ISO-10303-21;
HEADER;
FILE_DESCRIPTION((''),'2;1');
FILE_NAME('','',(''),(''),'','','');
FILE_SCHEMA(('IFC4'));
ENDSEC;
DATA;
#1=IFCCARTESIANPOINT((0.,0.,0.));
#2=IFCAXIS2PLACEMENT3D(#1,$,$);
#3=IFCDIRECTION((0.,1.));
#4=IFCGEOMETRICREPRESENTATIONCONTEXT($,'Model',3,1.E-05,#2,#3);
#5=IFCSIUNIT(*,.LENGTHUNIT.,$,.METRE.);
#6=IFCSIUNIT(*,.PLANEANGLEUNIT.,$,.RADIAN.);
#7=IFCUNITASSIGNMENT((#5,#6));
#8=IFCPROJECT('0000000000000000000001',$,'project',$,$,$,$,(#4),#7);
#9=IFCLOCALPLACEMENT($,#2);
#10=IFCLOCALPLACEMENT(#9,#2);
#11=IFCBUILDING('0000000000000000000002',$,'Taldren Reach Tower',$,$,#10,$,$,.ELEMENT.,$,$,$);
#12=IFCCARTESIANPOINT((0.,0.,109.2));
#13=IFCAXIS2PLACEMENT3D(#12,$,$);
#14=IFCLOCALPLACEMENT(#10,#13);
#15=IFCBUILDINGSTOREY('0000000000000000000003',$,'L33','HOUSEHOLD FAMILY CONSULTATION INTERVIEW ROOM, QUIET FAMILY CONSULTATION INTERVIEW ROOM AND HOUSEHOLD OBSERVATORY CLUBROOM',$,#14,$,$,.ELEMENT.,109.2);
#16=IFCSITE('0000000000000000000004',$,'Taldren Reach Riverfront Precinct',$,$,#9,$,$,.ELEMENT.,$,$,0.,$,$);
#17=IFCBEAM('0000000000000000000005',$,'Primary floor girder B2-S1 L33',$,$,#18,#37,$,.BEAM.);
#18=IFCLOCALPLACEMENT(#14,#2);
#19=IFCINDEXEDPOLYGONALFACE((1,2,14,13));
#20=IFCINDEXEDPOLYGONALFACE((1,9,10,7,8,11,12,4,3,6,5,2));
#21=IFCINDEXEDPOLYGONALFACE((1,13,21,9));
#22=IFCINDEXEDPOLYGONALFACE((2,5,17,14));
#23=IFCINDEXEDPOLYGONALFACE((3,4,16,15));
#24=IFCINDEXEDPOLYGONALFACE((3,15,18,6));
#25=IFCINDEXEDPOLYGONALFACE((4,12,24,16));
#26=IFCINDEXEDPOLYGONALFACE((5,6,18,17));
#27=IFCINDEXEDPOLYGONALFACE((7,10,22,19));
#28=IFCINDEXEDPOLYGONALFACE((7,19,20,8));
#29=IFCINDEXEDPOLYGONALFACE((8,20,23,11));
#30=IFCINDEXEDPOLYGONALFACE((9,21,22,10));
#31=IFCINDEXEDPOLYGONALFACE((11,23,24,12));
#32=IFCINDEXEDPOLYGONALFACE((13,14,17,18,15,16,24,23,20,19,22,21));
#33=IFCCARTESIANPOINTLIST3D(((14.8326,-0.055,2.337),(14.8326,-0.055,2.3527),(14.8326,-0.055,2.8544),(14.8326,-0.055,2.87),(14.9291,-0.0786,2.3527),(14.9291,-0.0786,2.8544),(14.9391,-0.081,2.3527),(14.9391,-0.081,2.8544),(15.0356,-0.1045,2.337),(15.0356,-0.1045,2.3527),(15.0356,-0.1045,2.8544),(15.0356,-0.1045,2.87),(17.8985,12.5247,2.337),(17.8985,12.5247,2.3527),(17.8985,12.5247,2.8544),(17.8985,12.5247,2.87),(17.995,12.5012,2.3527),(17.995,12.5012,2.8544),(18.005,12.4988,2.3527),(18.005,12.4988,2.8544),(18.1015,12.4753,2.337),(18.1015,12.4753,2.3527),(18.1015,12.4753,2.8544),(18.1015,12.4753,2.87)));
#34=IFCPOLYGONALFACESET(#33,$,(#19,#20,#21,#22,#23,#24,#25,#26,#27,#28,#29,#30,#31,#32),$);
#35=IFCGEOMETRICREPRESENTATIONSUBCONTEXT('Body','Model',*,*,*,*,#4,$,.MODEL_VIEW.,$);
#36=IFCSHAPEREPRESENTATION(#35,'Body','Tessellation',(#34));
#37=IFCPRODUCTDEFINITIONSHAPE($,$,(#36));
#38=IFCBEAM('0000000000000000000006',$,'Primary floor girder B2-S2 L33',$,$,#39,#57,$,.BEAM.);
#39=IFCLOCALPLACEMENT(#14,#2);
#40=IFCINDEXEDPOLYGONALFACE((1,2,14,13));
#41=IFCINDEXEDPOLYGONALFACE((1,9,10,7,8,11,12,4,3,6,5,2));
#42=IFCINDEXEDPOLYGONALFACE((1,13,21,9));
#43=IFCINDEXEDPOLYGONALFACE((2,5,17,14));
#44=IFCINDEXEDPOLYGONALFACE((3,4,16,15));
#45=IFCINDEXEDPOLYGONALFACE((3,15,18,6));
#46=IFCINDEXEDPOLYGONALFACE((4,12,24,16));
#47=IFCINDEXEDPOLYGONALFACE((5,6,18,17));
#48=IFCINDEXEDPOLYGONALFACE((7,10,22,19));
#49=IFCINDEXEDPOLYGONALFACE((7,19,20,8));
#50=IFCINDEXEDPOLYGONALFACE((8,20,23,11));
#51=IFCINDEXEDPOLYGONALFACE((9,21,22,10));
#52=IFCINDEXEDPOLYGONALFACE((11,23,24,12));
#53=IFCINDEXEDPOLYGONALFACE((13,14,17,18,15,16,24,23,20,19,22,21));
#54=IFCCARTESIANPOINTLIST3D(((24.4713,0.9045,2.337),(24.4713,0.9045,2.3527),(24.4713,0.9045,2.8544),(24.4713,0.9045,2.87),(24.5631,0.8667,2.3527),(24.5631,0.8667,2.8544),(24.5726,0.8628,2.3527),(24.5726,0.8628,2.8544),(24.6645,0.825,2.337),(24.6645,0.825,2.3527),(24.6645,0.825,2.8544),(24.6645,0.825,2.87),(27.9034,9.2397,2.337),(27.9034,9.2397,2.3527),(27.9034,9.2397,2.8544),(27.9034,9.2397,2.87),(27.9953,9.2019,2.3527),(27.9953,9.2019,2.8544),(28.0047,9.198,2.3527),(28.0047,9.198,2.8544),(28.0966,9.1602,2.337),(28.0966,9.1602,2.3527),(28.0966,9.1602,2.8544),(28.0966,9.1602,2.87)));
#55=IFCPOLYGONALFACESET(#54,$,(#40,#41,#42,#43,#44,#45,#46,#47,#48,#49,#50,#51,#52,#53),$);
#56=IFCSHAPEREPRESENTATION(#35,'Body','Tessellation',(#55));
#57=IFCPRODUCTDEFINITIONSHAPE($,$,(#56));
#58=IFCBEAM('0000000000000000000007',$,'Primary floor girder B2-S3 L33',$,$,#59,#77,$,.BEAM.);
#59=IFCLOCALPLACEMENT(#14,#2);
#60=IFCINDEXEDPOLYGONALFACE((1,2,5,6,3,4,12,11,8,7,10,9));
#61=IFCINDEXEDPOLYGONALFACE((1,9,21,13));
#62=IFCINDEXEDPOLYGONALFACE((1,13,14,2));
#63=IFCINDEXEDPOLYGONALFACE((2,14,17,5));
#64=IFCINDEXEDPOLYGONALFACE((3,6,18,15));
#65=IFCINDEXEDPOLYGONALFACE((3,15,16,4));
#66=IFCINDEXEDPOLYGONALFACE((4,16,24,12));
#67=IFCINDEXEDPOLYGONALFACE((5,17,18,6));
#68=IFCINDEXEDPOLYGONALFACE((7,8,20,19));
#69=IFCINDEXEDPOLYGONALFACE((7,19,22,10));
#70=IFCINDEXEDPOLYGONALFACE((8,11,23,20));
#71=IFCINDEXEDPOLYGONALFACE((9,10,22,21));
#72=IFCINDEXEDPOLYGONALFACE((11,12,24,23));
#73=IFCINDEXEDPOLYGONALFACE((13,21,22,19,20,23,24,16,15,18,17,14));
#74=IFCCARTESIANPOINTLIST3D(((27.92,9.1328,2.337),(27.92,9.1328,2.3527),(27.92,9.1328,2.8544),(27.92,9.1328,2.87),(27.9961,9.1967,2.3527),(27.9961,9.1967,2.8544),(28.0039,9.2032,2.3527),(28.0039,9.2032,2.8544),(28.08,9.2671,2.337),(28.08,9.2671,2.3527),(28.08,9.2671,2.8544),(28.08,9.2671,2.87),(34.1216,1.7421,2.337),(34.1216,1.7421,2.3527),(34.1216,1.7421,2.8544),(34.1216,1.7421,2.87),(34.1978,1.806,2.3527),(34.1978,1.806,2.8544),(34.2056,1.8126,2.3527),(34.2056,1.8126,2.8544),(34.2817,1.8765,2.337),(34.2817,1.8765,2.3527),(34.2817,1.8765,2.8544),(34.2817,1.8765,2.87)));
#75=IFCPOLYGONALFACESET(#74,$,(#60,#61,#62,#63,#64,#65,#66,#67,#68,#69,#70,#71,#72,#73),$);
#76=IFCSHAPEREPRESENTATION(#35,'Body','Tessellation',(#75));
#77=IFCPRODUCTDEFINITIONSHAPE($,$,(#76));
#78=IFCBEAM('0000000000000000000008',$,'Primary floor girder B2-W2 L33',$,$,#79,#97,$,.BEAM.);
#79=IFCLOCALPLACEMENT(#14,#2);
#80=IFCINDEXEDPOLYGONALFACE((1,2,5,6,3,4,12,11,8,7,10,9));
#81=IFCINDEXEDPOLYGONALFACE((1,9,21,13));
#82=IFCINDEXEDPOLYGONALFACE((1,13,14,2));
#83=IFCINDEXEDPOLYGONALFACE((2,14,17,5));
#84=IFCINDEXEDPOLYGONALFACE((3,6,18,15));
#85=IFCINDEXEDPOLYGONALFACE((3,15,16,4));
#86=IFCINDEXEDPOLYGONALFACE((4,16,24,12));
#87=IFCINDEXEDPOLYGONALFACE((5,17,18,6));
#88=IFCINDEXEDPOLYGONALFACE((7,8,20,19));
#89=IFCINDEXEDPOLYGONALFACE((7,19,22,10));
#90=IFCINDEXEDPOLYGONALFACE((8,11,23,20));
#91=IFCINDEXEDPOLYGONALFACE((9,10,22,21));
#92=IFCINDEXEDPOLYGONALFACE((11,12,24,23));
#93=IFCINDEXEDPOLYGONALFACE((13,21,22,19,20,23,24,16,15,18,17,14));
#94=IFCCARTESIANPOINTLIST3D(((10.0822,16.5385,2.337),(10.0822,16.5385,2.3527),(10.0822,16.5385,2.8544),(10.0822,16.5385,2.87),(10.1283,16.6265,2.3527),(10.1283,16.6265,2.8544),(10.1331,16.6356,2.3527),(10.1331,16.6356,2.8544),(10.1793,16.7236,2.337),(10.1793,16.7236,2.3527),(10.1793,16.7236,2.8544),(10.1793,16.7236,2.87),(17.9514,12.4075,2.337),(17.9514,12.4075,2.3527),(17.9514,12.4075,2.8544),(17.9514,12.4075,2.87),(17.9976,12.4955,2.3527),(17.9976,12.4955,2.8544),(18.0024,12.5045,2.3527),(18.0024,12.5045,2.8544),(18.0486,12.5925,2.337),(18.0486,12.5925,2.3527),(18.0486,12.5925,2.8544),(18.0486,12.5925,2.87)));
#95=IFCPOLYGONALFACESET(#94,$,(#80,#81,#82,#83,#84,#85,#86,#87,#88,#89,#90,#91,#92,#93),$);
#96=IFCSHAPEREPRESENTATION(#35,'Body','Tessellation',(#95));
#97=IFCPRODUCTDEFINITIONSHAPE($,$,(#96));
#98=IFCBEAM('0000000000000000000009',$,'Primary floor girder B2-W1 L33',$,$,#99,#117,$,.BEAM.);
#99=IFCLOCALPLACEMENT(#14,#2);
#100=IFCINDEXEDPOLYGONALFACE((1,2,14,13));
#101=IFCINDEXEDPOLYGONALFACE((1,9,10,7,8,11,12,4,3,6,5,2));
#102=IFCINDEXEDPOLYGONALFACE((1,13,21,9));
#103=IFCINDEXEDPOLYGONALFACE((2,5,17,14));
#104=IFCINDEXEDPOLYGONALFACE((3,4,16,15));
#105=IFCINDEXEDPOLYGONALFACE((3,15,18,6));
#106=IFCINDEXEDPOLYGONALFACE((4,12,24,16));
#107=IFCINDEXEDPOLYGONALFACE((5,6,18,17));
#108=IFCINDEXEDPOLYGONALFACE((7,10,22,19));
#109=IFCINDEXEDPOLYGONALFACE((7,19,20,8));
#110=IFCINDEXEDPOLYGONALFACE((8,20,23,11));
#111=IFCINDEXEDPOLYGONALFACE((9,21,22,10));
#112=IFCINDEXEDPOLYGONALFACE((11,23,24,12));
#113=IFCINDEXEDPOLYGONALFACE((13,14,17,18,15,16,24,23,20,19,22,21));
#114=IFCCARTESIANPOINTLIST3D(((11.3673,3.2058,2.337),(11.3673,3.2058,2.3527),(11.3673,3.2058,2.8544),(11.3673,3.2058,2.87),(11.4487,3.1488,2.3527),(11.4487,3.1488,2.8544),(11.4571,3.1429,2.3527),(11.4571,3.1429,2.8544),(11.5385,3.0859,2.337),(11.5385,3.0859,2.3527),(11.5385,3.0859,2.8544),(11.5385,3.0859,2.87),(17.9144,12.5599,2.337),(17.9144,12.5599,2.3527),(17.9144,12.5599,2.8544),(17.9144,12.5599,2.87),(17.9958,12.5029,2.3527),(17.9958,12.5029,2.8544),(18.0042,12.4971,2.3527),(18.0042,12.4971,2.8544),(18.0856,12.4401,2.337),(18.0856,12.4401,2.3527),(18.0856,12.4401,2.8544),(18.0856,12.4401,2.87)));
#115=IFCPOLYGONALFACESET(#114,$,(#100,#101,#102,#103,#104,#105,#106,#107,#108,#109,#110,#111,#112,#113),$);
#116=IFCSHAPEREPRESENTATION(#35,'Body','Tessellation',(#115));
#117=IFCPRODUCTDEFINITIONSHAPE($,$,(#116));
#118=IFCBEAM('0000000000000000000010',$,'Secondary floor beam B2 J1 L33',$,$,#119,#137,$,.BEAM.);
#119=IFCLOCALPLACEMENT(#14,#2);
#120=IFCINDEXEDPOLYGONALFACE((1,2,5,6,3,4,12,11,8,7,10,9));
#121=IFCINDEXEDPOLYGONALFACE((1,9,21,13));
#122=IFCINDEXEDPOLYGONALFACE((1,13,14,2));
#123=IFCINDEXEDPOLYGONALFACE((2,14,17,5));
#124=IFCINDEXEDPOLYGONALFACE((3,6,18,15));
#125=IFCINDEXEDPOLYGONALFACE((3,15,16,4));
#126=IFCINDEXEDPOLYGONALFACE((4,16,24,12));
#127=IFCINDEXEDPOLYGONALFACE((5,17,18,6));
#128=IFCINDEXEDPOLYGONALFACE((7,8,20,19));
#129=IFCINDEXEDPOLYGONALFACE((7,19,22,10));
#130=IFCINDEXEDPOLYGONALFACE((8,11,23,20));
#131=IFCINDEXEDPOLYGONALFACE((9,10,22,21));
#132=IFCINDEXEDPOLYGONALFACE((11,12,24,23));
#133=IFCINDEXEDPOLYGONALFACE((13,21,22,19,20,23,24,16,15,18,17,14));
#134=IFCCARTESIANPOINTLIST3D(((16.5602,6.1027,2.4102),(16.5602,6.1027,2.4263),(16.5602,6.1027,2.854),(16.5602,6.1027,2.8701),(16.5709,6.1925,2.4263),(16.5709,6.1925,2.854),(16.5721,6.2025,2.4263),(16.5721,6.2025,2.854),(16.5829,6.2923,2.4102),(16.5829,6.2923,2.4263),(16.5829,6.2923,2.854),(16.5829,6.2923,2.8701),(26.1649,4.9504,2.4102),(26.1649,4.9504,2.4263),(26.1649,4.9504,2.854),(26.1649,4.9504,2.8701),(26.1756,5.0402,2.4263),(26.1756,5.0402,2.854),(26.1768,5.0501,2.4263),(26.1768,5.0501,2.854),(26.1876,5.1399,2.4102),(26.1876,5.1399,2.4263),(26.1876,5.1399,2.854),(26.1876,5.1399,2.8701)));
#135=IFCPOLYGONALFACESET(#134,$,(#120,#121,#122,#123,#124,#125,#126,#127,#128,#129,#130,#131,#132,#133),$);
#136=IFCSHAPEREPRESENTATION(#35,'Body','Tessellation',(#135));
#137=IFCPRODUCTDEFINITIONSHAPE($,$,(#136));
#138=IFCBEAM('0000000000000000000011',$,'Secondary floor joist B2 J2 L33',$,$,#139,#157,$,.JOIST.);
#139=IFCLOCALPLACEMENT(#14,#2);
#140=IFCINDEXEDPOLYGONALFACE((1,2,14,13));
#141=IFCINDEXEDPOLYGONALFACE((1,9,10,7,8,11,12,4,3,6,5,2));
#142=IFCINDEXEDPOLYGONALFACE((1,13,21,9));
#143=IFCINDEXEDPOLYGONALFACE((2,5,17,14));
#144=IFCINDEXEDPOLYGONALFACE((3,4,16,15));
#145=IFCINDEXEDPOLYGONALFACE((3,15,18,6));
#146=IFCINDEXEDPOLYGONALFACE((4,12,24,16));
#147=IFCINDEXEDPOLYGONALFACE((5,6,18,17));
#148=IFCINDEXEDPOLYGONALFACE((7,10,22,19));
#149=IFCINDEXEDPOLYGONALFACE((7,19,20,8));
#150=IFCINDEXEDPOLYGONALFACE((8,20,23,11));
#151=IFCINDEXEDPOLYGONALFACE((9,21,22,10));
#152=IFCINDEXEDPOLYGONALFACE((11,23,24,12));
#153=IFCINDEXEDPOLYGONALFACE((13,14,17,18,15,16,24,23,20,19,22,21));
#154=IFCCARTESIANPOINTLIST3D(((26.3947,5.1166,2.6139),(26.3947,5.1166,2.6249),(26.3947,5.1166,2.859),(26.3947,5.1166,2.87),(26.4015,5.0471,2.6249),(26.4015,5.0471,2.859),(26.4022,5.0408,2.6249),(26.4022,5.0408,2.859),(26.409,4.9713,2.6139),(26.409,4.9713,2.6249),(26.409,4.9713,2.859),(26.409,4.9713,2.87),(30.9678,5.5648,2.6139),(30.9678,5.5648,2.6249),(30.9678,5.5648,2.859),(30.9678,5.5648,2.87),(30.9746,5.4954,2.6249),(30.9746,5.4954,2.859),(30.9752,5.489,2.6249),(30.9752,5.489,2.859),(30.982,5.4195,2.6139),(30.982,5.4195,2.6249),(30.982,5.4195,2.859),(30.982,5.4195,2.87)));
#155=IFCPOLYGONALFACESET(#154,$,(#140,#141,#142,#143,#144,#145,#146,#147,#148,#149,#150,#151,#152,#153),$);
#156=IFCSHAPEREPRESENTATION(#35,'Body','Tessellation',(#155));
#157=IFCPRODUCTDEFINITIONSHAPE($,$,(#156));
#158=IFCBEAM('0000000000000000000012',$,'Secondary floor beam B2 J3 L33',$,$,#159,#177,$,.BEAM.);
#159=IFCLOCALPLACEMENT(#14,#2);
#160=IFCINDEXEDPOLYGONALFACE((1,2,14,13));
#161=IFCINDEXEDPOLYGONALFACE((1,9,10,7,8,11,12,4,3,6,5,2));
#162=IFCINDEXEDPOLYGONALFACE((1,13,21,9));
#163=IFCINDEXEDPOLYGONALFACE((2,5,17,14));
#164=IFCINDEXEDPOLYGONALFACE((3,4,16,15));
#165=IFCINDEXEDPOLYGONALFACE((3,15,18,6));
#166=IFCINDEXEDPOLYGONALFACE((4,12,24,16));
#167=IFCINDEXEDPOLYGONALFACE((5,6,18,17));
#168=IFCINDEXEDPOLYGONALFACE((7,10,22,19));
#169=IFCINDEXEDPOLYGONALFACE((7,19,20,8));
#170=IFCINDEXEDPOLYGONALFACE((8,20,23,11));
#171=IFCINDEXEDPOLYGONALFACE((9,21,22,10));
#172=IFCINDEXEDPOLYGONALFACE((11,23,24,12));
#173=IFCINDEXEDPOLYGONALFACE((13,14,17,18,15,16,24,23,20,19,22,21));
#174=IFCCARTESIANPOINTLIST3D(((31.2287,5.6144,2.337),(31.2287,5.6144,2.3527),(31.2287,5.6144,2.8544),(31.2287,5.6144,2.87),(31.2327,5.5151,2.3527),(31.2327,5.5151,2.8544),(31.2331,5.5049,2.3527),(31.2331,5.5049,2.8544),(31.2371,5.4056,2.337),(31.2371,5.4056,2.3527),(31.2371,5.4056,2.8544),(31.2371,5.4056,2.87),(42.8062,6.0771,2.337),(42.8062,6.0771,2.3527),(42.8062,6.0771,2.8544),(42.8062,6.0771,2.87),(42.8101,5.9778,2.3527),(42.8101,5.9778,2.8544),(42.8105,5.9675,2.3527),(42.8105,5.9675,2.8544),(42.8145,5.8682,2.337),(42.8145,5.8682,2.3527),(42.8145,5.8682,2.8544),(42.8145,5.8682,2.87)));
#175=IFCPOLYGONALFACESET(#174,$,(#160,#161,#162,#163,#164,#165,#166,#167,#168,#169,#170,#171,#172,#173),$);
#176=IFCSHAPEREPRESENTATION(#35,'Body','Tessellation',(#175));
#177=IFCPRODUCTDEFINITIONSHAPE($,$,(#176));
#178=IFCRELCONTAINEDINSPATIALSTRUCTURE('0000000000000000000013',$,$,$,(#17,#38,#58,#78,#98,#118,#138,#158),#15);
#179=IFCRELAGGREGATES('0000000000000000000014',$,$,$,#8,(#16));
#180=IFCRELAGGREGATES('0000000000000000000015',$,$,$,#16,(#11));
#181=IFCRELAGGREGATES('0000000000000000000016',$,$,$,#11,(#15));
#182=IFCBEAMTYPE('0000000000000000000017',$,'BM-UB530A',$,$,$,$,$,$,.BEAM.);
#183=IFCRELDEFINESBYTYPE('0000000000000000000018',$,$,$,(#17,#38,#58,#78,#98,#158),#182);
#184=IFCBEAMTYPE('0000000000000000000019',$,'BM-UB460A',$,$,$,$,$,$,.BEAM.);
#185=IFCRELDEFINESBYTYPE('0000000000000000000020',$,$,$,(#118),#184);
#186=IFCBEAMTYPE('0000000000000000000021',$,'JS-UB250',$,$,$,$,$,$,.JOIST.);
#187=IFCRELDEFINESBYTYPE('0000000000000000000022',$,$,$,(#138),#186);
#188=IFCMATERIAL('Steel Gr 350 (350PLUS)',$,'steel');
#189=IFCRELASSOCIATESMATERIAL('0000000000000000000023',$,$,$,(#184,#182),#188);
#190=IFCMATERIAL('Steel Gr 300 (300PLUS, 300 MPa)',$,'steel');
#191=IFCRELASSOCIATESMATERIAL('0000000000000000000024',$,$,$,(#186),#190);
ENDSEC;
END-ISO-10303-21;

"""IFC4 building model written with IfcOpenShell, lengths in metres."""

from ifc_helpers import new_model, si_unit, direction, frame, origin, origin_2d, place, context, subcontext, project, spatial, i_section, extrude, source, transform, mapped, material, material_profile, profile_set, type_object, element, save


model = new_model("IFC4")

# Units and contexts
model_context = context("Model", 3, precision=1e-05, world=origin(), true_north=direction((0.0, 1.0)))
body_context = subcontext(model_context, "Body", "Model", "MODEL_VIEW")
ifc_project = project(units=[si_unit("LENGTHUNIT", "METRE"), si_unit("PLANEANGLEUNIT", "RADIAN")], contexts=[model_context])

# Site, building, storey
site_placement = place(None, origin())
site = spatial("IfcSite", under=ifc_project, at=site_placement, Name="Taldren Reach Riverfront Precinct", CompositionType="ELEMENT", RefElevation=0.0)
building_placement = place(site_placement, origin())
building = spatial("IfcBuilding", under=site, at=building_placement, Name="Taldren Reach Tower", CompositionType="ELEMENT")
storey_placement = place(building_placement, frame((0.0, 0.0, 109.2)))
storey = spatial("IfcBuildingStorey", under=building, at=storey_placement, Name="L33", Description="HOUSEHOLD FAMILY CONSULTATION INTERVIEW ROOM, QUIET FAMILY CONSULTATION INTERVIEW ROOM AND HOUSEHOLD OBSERVATORY CLUBROOM", CompositionType="ELEMENT", Elevation=109.2)

# Shared definitions
ifc_material_1 = material(Name="Steel Gr 350 (350PLUS)", Category="steel")

# Beams
ifc_material_profile_1 = material_profile(ifc_material_1, i_section(OverallWidth=0.1909, OverallDepth=0.46, WebThickness=0.01, FlangeThickness=0.0161, at=origin_2d()), Name="460UB82.1")
ifc_profile_set_1 = profile_set([ifc_material_profile_1], Name="Steel Gr 350 (350PLUS)")
beam_type_1 = type_object("IfcBeamType", Name="BM-UB460A", PredefinedType="BEAM", material=ifc_profile_set_1)
ifc_material_profile_2 = material_profile(ifc_material_1, i_section(OverallWidth=0.209, OverallDepth=0.533, WebThickness=0.0103, FlangeThickness=0.0156, at=origin_2d()), Name="530UB92.4")
ifc_profile_set_2 = profile_set([ifc_material_profile_2], Name="Steel Gr 350 (350PLUS)")
beam_type_2 = type_object("IfcBeamType", Name="BM-UB530A", PredefinedType="BEAM", material=ifc_profile_set_2)
shared_shape_1 = source(origin(), body_context, "Body", "SweptSolid", [
    extrude(i_section(OverallWidth=0.209, OverallDepth=0.533, WebThickness=0.0103, FlangeThickness=0.0156, at=origin_2d()), origin(), (0.0, 0.0, 1.0), 12.948),
])
beam_1_placement = place(storey_placement, frame((18.0, 12.5, 2.6035), z_axis=(-0.236786, -0.971562, 0.0), x_axis=(0.971562, -0.236786, 0.0)))
element("IfcBeam", 1, at=beam_1_placement, inside=storey, type_object=beam_type_2, Name="Primary floor girder B2-S1 L33", PredefinedType="BEAM", context=body_context, shape_type="MappedRepresentation", body=[
    mapped(shared_shape_1, transform((0.0, 0.0, 0.0), scale=1.0)),
])
shared_shape_2 = source(origin(), body_context, "Body", "SweptSolid", [
    extrude(i_section(OverallWidth=0.209, OverallDepth=0.533, WebThickness=0.0103, FlangeThickness=0.0156, at=origin_2d()), origin(), (0.0, 0.0, 1.0), 9.0142),
])
beam_2_placement = place(storey_placement, frame((28.0, 9.2, 2.6035), z_axis=(-0.380748, -0.924679, 0.0), x_axis=(0.924679, -0.380748, 0.0)))
element("IfcBeam", 2, at=beam_2_placement, inside=storey, type_object=beam_type_2, Name="Primary floor girder B2-S2 L33", PredefinedType="BEAM", context=body_context, shape_type="MappedRepresentation", body=[
    mapped(shared_shape_2, transform((0.0, 0.0, 0.0), scale=1.0)),
])
shared_shape_3 = source(origin(), body_context, "Body", "SweptSolid", [
    extrude(i_section(OverallWidth=0.209, OverallDepth=0.533, WebThickness=0.0103, FlangeThickness=0.0156, at=origin_2d()), origin(), (0.0, 0.0, 1.0), 9.6479),
])
beam_3_placement = place(storey_placement, frame((28.0, 9.2, 2.6035), z_axis=(0.642799, -0.766035, 0.0), x_axis=(0.766035, 0.642799, 0.0)))
element("IfcBeam", 3, at=beam_3_placement, inside=storey, type_object=beam_type_2, Name="Primary floor girder B2-S3 L33", PredefinedType="BEAM", context=body_context, shape_type="MappedRepresentation", body=[
    mapped(shared_shape_3, transform((0.0, 0.0, 0.0), scale=1.0)),
])
shared_shape_4 = source(origin(), body_context, "Body", "SweptSolid", [
    extrude(i_section(OverallWidth=0.209, OverallDepth=0.533, WebThickness=0.0103, FlangeThickness=0.0156, at=origin_2d()), origin(), (0.0, 0.0, 1.0), 8.8877),
])
beam_4_placement = place(storey_placement, frame((18.0, 12.5, 2.6035), z_axis=(-0.885413, 0.464805, 0.0), x_axis=(-0.464805, -0.885413, 0.0)))
element("IfcBeam", 4, at=beam_4_placement, inside=storey, type_object=beam_type_2, Name="Primary floor girder B2-W2 L33", PredefinedType="BEAM", context=body_context, shape_type="MappedRepresentation", body=[
    mapped(shared_shape_4, transform((0.0, 0.0, 0.0), scale=1.0)),
])
shared_shape_5 = source(origin(), body_context, "Body", "SweptSolid", [
    extrude(i_section(OverallWidth=0.209, OverallDepth=0.533, WebThickness=0.0103, FlangeThickness=0.0156, at=origin_2d()), origin(), (0.0, 0.0, 1.0), 11.4177),
])
beam_5_placement = place(storey_placement, frame((18.0, 12.5, 2.6035), z_axis=(-0.573412, -0.819267, 0.0), x_axis=(0.819267, -0.573412, 0.0)))
element("IfcBeam", 5, at=beam_5_placement, inside=storey, type_object=beam_type_2, Name="Primary floor girder B2-W1 L33", PredefinedType="BEAM", context=body_context, shape_type="MappedRepresentation", body=[
    mapped(shared_shape_5, transform((0.0, 0.0, 0.0), scale=1.0)),
])
shared_shape_6 = source(origin(), body_context, "Body", "SweptSolid", [
    extrude(i_section(OverallWidth=0.1909, OverallDepth=0.46, WebThickness=0.01, FlangeThickness=0.0161, at=origin_2d()), origin(), (0.0, 0.0, 1.0), 9.6736),
])
beam_6_placement = place(storey_placement, frame((16.5715, 6.1975, 2.6401), z_axis=(0.99288, -0.119122, 0.0), x_axis=(0.119122, 0.99288, 0.0)))
element("IfcBeam", 6, at=beam_6_placement, inside=storey, type_object=beam_type_1, Name="Secondary floor beam B2 J1 L33", PredefinedType="BEAM", context=body_context, shape_type="MappedRepresentation", body=[
    mapped(shared_shape_6, transform((0.0, 0.0, 0.0), scale=1.0)),
])
ifc_material_2 = material(Name="Steel Gr 300 (300PLUS, 300 MPa)", Category="steel")
ifc_material_profile_3 = material_profile(ifc_material_2, i_section(OverallWidth=0.146, OverallDepth=0.2561, WebThickness=0.0063, FlangeThickness=0.011, at=origin_2d()), Name="250UB37.3")
ifc_profile_set_3 = profile_set([ifc_material_profile_3], Name="Steel Gr 300 (300PLUS, 300 MPa)")
beam_type_3 = type_object("IfcBeamType", Name="JS-UB250", PredefinedType="JOIST", material=ifc_profile_set_3)
shared_shape_7 = source(origin(), body_context, "Body", "SweptSolid", [
    extrude(i_section(OverallWidth=0.146, OverallDepth=0.2561, WebThickness=0.0063, FlangeThickness=0.011, at=origin_2d()), origin(), (0.0, 0.0, 1.0), 4.595),
])
beam_7_placement = place(storey_placement, frame((26.4019, 5.0439, 2.7419), z_axis=(0.99523, 0.097552, 0.0), x_axis=(-0.097552, 0.99523, 0.0)))
element("IfcBeam", 7, at=beam_7_placement, inside=storey, type_object=beam_type_3, Name="Secondary floor joist B2 J2 L33", PredefinedType="JOIST", context=body_context, shape_type="MappedRepresentation", body=[
    mapped(shared_shape_7, transform((0.0, 0.0, 0.0), scale=1.0)),
])
shared_shape_8 = source(origin(), body_context, "Body", "SweptSolid", [
    extrude(i_section(OverallWidth=0.209, OverallDepth=0.533, WebThickness=0.0103, FlangeThickness=0.0156, at=origin_2d()), origin(), (0.0, 0.0, 1.0), 11.5867),
])
beam_8_placement = place(storey_placement, frame((31.2329, 5.51, 2.6035), z_axis=(0.999203, 0.039929, 0.0), x_axis=(-0.039929, 0.999203, 0.0)))
element("IfcBeam", 8, at=beam_8_placement, inside=storey, type_object=beam_type_2, Name="Secondary floor beam B2 J3 L33", PredefinedType="BEAM", context=body_context, shape_type="MappedRepresentation", body=[
    mapped(shared_shape_8, transform((0.0, 0.0, 0.0), scale=1.0)),
])

save(model, "model.ifc")
